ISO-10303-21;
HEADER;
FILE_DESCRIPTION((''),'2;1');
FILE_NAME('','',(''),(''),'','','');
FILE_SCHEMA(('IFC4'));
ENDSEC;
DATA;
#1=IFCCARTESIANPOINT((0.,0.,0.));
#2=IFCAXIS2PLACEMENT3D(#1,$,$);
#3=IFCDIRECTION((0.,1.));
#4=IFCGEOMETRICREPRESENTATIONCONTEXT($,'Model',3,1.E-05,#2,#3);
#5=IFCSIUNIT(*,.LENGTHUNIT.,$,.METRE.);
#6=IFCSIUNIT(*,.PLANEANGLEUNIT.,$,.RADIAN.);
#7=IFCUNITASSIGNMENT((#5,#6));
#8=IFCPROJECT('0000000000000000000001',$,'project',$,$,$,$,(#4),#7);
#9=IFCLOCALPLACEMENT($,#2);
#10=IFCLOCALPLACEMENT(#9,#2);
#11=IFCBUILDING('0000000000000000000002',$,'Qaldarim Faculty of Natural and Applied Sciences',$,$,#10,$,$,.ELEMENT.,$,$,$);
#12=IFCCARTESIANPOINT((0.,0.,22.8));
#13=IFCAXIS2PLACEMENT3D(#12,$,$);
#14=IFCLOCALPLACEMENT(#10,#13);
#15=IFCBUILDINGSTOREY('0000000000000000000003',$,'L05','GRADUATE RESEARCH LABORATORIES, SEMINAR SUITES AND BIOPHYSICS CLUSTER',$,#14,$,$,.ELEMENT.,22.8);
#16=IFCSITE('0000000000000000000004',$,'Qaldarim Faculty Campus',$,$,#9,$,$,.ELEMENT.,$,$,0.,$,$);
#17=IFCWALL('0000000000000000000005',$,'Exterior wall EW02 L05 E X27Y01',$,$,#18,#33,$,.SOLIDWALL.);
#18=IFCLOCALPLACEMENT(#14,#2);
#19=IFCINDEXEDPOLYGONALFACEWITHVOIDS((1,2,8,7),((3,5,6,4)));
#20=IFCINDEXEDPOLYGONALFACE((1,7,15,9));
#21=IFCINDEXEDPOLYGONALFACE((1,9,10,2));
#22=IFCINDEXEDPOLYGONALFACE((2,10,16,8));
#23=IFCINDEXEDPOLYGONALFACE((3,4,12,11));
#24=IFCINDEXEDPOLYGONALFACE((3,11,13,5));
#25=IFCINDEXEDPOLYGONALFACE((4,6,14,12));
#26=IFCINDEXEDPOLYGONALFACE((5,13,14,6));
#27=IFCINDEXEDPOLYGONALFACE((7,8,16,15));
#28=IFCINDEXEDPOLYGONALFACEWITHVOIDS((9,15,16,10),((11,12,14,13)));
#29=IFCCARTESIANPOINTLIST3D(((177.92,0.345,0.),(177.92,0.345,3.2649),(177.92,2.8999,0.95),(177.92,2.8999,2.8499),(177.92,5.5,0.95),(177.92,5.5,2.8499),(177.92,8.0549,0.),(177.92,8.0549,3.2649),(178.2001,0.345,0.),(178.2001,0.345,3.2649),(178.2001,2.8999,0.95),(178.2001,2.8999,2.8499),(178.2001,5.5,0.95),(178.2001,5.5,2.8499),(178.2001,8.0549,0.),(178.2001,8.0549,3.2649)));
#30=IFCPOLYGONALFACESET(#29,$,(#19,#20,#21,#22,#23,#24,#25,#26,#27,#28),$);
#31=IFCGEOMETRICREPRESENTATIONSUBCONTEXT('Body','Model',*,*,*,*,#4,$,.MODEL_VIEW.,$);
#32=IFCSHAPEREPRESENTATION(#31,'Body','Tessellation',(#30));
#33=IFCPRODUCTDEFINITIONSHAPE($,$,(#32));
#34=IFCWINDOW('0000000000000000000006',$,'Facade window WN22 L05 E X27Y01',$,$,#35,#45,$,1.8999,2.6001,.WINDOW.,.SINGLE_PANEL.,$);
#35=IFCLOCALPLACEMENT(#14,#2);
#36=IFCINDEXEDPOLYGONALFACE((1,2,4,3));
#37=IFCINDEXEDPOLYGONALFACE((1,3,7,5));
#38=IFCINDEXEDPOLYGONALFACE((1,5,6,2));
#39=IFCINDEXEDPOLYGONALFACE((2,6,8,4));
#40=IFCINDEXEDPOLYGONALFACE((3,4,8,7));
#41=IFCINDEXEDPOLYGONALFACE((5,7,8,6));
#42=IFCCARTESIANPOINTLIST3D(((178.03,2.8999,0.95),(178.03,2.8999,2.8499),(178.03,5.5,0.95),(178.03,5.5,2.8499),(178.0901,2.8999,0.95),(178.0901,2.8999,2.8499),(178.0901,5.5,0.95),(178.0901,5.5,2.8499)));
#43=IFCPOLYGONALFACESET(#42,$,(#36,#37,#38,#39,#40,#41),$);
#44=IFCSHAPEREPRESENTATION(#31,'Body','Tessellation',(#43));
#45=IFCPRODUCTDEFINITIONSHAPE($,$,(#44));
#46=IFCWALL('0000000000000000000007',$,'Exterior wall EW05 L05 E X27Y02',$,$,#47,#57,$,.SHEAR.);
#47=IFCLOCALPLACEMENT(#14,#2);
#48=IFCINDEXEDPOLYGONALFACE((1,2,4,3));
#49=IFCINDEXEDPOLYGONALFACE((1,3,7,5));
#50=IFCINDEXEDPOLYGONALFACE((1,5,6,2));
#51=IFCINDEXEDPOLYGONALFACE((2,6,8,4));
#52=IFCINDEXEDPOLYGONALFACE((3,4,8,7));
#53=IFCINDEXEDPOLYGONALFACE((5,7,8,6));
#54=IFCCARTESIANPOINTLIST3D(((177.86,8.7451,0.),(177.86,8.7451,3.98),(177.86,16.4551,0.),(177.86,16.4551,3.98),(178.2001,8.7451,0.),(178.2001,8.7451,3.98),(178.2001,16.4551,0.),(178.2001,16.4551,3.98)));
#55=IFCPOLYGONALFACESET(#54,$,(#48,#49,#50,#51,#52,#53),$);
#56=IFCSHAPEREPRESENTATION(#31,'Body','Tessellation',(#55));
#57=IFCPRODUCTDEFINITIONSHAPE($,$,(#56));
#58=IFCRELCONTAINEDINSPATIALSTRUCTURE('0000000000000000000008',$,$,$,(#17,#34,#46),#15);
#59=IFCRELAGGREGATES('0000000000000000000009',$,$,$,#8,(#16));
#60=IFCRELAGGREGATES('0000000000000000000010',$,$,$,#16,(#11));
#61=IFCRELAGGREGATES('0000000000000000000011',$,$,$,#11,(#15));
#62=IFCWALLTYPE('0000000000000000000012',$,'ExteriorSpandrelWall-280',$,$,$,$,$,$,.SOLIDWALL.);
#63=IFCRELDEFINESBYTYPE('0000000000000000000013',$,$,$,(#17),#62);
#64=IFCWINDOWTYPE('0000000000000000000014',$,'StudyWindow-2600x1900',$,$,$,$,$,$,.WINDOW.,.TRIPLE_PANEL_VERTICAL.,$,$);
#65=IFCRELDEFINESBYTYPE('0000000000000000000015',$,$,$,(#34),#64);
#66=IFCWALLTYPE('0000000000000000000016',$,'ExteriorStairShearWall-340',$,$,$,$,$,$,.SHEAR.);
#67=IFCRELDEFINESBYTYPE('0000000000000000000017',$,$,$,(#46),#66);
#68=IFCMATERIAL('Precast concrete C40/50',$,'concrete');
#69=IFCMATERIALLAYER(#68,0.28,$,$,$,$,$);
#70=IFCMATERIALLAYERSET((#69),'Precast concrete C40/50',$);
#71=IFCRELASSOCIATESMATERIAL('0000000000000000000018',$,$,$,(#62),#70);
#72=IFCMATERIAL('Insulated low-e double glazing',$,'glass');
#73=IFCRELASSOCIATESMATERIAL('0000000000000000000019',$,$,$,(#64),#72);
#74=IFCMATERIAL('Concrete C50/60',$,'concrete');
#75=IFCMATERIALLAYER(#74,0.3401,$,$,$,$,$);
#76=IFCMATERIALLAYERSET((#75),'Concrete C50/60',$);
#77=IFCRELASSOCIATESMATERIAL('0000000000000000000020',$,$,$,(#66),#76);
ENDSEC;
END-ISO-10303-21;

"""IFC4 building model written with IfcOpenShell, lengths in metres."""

from ifc_helpers import new_model, si_unit, direction, frame, frame_2d, origin, place, context, subcontext, project, spatial, rectangle, extrude, material, layer, layer_set, type_object, element, fill, save


model = new_model("IFC4")

# Units and contexts
model_context = context("Model", 3, precision=1e-05, world=origin(), true_north=direction((0.0, 1.0)))
body_context = subcontext(model_context, "Body", "Model", "MODEL_VIEW")
ifc_project = project(units=[si_unit("LENGTHUNIT", "METRE"), si_unit("PLANEANGLEUNIT", "RADIAN")], contexts=[model_context])

# Site, building, storey
site_placement = place(None, origin())
site = spatial("IfcSite", under=ifc_project, at=site_placement, Name="Qaldarim Faculty Campus", CompositionType="ELEMENT", RefElevation=0.0)
building_placement = place(site_placement, origin())
building = spatial("IfcBuilding", under=site, at=building_placement, Name="Qaldarim Faculty of Natural and Applied Sciences", CompositionType="ELEMENT")
storey_placement = place(building_placement, frame((0.0, 0.0, 22.8)))
storey = spatial("IfcBuildingStorey", under=building, at=storey_placement, Name="L05", Description="GRADUATE RESEARCH LABORATORIES, SEMINAR SUITES AND BIOPHYSICS CLUSTER", CompositionType="ELEMENT", Elevation=22.8)

# Shared definitions
ifc_material_1 = material(Name="Concrete C50/60", Category="concrete")

# Shared definitions
ifc_material_2 = material(Name="Precast concrete C40/50", Category="concrete")

# Shared definitions
ifc_material_3 = material(Name="Insulated low-e double glazing", Category="glass")

# Wall, opening, window
ifc_layer_1 = layer(ifc_material_2, 0.28)
ifc_layer_set_1 = layer_set([ifc_layer_1], Name="Precast concrete C40/50")
wall_type_1 = type_object("IfcWallType", Name="ExteriorSpandrelWall-280", PredefinedType="SOLIDWALL", material=ifc_layer_set_1)
wall_1_placement = place(storey_placement, frame((178.0601, 0.345, 0.0), z_axis=(0.0, 0.0, 1.0), x_axis=(0.0, 1.0, 0.0)))
wall_1 = element("IfcWall", 1, at=wall_1_placement, inside=storey, type_object=wall_type_1, Name="Exterior wall EW02 L05 E X27Y01", PredefinedType="SOLIDWALL", context=body_context, shape_type="SweptSolid", body=[
    extrude(rectangle(XDim=7.71, YDim=0.28, at=frame_2d((3.855, 0.0))), origin(), (0.0, 0.0, 1.0), 3.2649),
])
opening_placement = place(wall_1_placement, frame((2.5549, 0.0, 0.95)))
opening = element("IfcOpeningElement", 2, at=opening_placement, cuts=wall_1, PredefinedType="OPENING", context=body_context, shape_type="SweptSolid", body=[
    extrude(rectangle(XDim=2.6001, YDim=1.8999, at=frame_2d((1.3, 0.95))), frame((0.0, 0.1499, 0.0), z_axis=(0.0, -1.0, 0.0), x_axis=(1.0, 0.0, 0.0)), (0.0, 0.0, 1.0), 0.3),
])
window_type = type_object("IfcWindowType", Name="StudyWindow-2600x1900", PartitioningType="TRIPLE_PANEL_VERTICAL", PredefinedType="WINDOW", material=ifc_material_3)
window_placement = place(opening_placement, origin())
window = element("IfcWindow", 3, at=window_placement, inside=storey, type_object=window_type, Name="Facade window WN22 L05 E X27Y01", OverallHeight=1.8999, OverallWidth=2.6001, PartitioningType="SINGLE_PANEL", PredefinedType="WINDOW", context=body_context, shape_type="SweptSolid", body=[
    extrude(rectangle(XDim=2.6001, YDim=1.8999, at=frame_2d((1.3, 0.95))), frame((0.0, 0.03, 0.0), z_axis=(0.0, -1.0, 0.0), x_axis=(1.0, 0.0, 0.0)), (0.0, 0.0, 1.0), 0.0601),
])
fill(opening, window)

# Wall
ifc_layer_2 = layer(ifc_material_1, 0.3401)
ifc_layer_set_2 = layer_set([ifc_layer_2], Name="Concrete C50/60")
wall_type_2 = type_object("IfcWallType", Name="ExteriorStairShearWall-340", PredefinedType="SHEAR", material=ifc_layer_set_2)
wall_2_placement = place(storey_placement, frame((178.03, 8.7451, 0.0), z_axis=(0.0, 0.0, 1.0), x_axis=(0.0, 1.0, 0.0)))
element("IfcWall", 4, at=wall_2_placement, inside=storey, type_object=wall_type_2, Name="Exterior wall EW05 L05 E X27Y02", PredefinedType="SHEAR", context=body_context, shape_type="SweptSolid", body=[
    extrude(rectangle(XDim=7.71, YDim=0.3401, at=frame_2d((3.855, 0.0))), origin(), (0.0, 0.0, 1.0), 3.98),
])

save(model, "model.ifc")
